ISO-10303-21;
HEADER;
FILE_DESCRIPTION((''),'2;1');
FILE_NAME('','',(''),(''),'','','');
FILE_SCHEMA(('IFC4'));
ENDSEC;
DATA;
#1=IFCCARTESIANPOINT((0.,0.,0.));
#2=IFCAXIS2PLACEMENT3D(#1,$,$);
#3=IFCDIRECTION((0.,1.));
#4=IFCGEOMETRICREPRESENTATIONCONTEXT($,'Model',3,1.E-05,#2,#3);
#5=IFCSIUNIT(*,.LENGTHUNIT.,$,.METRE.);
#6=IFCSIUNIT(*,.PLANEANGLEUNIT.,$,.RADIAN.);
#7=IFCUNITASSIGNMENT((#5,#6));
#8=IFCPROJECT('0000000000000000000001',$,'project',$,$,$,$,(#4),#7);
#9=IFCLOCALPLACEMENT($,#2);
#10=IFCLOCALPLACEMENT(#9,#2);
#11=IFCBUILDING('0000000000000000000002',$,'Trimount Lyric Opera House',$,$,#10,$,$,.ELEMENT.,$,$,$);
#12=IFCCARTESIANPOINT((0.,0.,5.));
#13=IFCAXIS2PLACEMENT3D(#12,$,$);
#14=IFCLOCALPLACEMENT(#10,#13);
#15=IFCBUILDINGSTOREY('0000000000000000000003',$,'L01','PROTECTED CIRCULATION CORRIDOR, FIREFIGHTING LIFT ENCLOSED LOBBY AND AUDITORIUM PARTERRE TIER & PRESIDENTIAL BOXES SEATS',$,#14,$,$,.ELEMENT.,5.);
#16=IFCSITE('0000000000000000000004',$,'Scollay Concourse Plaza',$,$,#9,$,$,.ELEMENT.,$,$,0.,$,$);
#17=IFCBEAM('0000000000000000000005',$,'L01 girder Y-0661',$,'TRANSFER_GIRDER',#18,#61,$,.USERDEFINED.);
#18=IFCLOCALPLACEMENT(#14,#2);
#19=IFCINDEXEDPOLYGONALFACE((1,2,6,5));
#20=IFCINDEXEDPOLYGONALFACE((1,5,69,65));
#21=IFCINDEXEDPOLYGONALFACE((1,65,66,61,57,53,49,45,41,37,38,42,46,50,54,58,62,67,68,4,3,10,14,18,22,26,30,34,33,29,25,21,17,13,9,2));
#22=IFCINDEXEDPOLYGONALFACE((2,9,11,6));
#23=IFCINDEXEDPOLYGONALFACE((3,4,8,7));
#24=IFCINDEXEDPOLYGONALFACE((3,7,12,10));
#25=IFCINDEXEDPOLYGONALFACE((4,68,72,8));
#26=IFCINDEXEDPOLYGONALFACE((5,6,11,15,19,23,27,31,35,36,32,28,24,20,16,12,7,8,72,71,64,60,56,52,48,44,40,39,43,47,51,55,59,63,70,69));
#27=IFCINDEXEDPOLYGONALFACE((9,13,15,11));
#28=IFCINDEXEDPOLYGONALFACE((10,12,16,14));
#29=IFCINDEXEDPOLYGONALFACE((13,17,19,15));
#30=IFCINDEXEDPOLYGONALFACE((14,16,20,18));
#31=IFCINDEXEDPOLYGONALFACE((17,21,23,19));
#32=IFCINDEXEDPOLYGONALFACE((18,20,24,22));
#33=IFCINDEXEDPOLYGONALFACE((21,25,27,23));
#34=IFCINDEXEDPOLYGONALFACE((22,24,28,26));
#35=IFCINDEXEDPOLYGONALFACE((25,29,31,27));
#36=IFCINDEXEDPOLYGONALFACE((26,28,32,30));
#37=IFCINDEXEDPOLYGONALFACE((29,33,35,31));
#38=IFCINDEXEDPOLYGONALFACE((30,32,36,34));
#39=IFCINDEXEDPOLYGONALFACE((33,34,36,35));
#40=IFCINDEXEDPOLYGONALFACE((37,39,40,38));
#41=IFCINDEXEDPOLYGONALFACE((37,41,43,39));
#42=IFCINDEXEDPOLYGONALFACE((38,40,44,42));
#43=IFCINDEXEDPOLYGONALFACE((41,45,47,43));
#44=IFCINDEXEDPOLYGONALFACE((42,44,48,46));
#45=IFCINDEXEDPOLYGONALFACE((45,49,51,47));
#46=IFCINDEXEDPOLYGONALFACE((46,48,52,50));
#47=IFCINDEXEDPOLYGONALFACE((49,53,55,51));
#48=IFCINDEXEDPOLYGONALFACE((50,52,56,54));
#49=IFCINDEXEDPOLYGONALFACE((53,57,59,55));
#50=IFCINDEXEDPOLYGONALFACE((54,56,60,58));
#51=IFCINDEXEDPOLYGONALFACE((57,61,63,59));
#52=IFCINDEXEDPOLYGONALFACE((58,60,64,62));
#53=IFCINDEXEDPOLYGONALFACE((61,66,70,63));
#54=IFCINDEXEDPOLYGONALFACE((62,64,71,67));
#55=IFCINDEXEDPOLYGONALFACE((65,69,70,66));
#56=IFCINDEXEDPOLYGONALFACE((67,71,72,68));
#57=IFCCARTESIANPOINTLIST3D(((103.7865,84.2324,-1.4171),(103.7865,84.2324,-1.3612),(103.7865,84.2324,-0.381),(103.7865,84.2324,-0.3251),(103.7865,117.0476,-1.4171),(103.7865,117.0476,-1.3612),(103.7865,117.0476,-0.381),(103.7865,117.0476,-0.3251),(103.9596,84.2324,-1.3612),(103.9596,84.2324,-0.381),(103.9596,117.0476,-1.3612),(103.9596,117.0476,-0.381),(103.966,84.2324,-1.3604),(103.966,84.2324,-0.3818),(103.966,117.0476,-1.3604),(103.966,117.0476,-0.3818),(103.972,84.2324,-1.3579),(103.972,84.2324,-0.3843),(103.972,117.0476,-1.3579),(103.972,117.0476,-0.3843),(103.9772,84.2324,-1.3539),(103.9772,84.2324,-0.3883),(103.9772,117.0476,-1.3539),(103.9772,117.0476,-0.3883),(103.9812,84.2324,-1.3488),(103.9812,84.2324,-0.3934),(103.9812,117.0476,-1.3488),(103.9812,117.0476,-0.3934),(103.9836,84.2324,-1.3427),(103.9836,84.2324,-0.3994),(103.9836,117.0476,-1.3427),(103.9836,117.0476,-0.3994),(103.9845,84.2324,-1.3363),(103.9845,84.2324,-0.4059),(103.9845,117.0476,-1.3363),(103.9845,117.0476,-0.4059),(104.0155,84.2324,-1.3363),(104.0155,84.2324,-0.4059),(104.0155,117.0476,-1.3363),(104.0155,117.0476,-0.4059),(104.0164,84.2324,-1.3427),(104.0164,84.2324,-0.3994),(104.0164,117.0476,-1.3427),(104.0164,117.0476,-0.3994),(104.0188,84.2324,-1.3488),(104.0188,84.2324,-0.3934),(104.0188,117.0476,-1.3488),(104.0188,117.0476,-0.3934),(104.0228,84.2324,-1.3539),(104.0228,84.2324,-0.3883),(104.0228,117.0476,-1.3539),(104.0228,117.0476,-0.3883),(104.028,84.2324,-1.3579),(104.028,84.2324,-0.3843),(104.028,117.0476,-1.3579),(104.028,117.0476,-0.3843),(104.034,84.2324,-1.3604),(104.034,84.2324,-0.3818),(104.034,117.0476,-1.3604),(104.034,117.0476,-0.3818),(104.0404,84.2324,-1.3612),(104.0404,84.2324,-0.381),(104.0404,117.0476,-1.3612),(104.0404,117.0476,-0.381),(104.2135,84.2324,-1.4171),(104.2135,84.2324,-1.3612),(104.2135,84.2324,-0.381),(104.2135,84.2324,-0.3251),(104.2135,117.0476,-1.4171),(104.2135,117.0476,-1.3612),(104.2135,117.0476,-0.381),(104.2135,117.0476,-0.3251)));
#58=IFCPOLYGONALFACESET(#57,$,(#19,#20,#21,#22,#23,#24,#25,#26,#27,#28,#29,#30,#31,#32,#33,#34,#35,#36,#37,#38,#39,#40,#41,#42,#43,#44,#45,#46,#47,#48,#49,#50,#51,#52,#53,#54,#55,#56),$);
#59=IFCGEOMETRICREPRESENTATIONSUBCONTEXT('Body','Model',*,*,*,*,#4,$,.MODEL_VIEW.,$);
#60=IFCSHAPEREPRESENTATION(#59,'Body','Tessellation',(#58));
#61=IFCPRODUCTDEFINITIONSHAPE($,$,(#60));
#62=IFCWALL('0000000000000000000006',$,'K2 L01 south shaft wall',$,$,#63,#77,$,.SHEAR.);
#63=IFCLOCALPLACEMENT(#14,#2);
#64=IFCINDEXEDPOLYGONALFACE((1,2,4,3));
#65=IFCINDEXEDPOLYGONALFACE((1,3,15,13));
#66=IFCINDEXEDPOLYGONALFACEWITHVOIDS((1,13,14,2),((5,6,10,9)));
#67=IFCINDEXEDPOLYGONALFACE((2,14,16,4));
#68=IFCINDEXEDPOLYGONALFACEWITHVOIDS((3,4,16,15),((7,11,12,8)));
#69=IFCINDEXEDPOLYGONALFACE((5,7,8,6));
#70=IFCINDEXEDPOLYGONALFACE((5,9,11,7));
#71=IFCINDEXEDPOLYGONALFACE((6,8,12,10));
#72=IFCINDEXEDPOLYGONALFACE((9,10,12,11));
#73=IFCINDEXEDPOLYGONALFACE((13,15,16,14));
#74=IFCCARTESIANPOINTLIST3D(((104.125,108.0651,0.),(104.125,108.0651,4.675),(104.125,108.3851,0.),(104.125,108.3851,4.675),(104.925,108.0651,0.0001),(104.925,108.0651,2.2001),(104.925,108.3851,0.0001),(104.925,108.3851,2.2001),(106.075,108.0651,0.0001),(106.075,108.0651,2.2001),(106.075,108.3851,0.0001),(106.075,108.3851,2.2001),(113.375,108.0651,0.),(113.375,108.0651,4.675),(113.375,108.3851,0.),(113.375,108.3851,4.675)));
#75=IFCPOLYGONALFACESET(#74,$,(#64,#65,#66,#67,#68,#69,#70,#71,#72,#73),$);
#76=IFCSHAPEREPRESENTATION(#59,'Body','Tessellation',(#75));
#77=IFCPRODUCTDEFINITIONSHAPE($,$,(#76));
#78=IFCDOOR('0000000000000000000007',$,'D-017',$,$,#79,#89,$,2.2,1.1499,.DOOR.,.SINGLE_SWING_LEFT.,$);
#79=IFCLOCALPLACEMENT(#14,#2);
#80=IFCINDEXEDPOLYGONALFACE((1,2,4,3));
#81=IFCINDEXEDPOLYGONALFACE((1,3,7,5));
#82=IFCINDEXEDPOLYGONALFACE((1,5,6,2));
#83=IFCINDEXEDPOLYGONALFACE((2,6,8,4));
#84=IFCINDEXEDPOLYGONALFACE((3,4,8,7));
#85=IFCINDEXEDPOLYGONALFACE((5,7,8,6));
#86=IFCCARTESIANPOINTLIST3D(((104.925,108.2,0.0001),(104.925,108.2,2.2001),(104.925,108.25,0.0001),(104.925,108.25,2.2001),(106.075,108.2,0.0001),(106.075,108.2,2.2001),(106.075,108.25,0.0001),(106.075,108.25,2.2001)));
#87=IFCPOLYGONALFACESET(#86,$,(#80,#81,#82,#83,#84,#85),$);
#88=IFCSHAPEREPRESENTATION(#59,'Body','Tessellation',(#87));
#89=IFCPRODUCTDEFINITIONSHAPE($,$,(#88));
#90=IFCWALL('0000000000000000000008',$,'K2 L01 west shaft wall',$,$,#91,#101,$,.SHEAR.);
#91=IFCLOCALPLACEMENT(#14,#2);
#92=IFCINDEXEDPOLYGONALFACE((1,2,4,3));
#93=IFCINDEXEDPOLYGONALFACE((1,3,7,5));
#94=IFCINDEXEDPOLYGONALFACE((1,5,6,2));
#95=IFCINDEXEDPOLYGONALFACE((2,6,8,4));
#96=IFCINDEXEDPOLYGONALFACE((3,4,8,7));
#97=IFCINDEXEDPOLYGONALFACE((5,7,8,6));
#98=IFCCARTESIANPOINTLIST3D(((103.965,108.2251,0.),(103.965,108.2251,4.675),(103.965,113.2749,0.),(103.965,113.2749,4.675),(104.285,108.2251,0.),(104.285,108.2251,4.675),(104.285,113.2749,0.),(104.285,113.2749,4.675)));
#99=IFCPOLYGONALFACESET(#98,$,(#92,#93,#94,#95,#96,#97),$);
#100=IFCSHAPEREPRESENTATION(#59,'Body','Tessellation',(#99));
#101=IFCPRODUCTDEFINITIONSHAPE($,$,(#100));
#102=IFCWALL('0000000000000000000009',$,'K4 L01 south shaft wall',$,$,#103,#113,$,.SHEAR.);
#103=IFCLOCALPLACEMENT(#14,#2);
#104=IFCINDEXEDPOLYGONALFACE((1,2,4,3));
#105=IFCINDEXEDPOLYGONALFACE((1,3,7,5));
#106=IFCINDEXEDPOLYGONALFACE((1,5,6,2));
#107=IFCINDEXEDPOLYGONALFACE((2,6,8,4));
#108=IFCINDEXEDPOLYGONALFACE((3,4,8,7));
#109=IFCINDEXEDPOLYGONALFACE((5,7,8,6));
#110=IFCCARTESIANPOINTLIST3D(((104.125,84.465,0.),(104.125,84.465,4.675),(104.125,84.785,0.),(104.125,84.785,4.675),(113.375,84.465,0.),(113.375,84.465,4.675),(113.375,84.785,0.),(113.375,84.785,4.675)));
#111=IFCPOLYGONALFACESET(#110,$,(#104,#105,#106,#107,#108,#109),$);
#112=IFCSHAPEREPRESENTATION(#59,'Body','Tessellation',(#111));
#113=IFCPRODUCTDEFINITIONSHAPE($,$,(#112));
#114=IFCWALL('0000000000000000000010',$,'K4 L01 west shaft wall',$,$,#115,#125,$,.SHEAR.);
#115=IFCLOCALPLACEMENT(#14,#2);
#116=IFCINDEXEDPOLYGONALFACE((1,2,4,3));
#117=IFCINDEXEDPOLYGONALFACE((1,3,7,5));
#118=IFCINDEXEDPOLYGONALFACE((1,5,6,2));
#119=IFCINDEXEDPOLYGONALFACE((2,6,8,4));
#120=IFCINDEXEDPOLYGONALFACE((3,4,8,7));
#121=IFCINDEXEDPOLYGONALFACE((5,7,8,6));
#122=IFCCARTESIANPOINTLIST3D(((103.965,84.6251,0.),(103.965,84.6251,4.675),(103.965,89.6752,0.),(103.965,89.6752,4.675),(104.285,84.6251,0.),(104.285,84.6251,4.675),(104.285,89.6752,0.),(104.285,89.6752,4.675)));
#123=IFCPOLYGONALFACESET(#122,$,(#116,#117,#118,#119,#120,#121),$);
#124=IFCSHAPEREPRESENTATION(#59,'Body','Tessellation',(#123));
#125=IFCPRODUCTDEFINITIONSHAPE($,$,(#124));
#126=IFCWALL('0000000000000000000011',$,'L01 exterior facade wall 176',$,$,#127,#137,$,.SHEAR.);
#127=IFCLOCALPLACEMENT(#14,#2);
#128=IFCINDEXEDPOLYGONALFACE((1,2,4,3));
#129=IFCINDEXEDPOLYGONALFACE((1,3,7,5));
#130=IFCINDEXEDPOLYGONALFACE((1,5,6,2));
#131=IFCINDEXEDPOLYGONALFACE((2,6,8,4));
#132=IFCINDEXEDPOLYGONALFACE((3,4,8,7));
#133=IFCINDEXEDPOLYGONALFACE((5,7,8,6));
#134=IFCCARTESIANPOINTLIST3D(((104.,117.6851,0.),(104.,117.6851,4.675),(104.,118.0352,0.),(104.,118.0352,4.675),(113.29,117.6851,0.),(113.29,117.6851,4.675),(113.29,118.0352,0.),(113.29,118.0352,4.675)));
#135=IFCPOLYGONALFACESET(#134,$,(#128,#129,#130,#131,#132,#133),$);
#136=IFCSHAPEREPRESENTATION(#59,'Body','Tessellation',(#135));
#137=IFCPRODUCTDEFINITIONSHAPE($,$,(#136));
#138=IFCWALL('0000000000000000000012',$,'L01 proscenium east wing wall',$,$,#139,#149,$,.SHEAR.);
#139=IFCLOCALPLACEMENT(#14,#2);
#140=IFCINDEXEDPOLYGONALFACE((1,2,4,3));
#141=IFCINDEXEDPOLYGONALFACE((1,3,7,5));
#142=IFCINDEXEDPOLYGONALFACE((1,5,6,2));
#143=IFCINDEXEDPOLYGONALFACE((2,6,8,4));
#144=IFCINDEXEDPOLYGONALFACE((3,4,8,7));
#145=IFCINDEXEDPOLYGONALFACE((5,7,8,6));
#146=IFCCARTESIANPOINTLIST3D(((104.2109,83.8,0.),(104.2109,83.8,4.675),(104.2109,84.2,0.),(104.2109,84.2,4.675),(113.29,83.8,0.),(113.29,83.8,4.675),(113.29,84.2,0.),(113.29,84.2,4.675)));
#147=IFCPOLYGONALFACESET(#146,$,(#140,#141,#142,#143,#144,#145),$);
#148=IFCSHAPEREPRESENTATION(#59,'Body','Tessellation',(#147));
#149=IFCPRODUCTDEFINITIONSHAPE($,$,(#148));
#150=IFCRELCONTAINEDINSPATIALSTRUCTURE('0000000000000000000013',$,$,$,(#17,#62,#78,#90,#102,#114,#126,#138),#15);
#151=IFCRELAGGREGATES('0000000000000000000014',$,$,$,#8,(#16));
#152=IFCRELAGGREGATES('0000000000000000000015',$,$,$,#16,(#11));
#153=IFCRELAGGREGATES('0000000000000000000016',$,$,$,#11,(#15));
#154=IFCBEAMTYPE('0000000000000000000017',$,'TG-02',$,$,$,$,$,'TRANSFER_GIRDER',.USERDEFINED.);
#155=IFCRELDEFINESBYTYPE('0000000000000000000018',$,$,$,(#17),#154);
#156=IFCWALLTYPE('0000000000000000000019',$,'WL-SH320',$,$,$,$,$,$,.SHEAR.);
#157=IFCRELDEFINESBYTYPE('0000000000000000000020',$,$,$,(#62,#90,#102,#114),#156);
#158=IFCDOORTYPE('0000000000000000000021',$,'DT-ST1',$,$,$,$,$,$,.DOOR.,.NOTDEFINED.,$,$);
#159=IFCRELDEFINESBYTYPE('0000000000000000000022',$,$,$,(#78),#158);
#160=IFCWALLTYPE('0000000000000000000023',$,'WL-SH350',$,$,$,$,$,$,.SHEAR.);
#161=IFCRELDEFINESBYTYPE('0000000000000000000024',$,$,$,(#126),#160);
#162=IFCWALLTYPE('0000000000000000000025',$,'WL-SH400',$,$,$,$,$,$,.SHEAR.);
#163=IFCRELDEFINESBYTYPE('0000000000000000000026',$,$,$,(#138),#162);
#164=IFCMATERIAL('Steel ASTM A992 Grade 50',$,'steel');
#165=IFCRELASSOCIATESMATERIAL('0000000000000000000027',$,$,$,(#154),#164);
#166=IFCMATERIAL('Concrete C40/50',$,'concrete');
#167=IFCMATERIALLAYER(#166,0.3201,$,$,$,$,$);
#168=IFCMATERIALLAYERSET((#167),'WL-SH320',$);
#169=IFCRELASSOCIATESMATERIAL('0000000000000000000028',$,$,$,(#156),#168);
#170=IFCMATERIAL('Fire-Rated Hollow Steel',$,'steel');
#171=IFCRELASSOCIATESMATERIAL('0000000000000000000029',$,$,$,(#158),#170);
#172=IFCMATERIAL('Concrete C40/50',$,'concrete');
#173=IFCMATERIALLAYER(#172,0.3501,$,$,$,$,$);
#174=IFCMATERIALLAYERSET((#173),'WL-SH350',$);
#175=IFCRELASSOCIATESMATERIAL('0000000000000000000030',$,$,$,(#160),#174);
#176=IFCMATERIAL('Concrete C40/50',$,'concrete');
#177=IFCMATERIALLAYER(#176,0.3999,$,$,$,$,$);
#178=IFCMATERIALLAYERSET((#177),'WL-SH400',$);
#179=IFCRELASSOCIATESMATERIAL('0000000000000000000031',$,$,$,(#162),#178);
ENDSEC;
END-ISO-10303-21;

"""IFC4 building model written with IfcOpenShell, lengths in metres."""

from ifc_helpers import new_model, si_unit, direction, frame, frame_2d, origin, origin_2d, place, context, subcontext, project, spatial, rectangle, i_section, extrude, material, layer, layer_set, material_profile, profile_set, type_object, element, fill, save


model = new_model("IFC4")

# Units and contexts
model_context = context("Model", 3, precision=1e-05, world=origin(), true_north=direction((0.0, 1.0)))
body_context = subcontext(model_context, "Body", "Model", "MODEL_VIEW")
ifc_project = project(units=[si_unit("LENGTHUNIT", "METRE"), si_unit("PLANEANGLEUNIT", "RADIAN")], contexts=[model_context])

# Site, building, storey
site_placement = place(None, origin())
site = spatial("IfcSite", under=ifc_project, at=site_placement, Name="Scollay Concourse Plaza", CompositionType="ELEMENT", RefElevation=0.0)
building_placement = place(site_placement, origin())
building = spatial("IfcBuilding", under=site, at=building_placement, Name="Trimount Lyric Opera House", CompositionType="ELEMENT")
storey_placement = place(building_placement, frame((0.0, 0.0, 5.0)))
storey = spatial("IfcBuildingStorey", under=building, at=storey_placement, Name="L01", Description="PROTECTED CIRCULATION CORRIDOR, FIREFIGHTING LIFT ENCLOSED LOBBY AND AUDITORIUM PARTERRE TIER & PRESIDENTIAL BOXES SEATS", CompositionType="ELEMENT", Elevation=5.0)

# Beam
ifc_material_1 = material(Name="Steel ASTM A992 Grade 50", Category="steel")
ifc_material_profile_1 = material_profile(ifc_material_1, i_section(OverallWidth=0.427, OverallDepth=1.092, WebThickness=0.031, FlangeThickness=0.0559, FilletRadius=0.0249, at=origin_2d()), Name="W40X397")
ifc_profile_set_1 = profile_set([ifc_material_profile_1], Name="Steel ASTM A992 Grade 50")
beam_type_1 = type_object("IfcBeamType", Name="TG-02", ElementType="TRANSFER_GIRDER", PredefinedType="USERDEFINED", material=ifc_profile_set_1)
beam_placement = place(storey_placement, frame((104.0, 84.2324, -0.8711), z_axis=(0.0, 1.0, 0.0), x_axis=(-1.0, 0.0, 0.0)))
element("IfcBeam", 1, at=beam_placement, inside=storey, type_object=beam_type_1, Name="L01 girder Y-0661", ObjectType="TRANSFER_GIRDER", PredefinedType="USERDEFINED", context=body_context, shape_type="SweptSolid", body=[
    extrude(i_section(OverallWidth=0.427, OverallDepth=1.092, WebThickness=0.031, FlangeThickness=0.0559, FilletRadius=0.0249, at=origin_2d()), origin(), (0.0, 0.0, 1.0), 32.8152),
])

# Wall, opening, door
ifc_material_2 = material(Name="Concrete C40/50", Category="concrete")
ifc_layer_1 = layer(ifc_material_2, 0.3201)
ifc_layer_set_1 = layer_set([ifc_layer_1], Name="WL-SH320")
wall_type_1 = type_object("IfcWallType", Name="WL-SH320", PredefinedType="SHEAR", material=ifc_layer_set_1)
wall_1_placement = place(storey_placement, frame((104.125, 108.2251, 0.0), z_axis=(0.0, 0.0, 1.0), x_axis=(1.0, 0.0, 0.0)))
wall_1 = element("IfcWall", 2, at=wall_1_placement, inside=storey, type_object=wall_type_1, Name="K2 L01 south shaft wall", PredefinedType="SHEAR", context=body_context, shape_type="SweptSolid", body=[
    extrude(rectangle(XDim=9.25, YDim=0.3201, at=frame_2d((4.625, 0.0))), origin(), (0.0, 0.0, 1.0), 4.675),
])
opening_placement = place(wall_1_placement, frame((0.8, 0.0, 0.0)))
opening = element("IfcOpeningElement", 3, at=opening_placement, cuts=wall_1, PredefinedType="OPENING", context=body_context, shape_type="SweptSolid", body=[
    extrude(rectangle(XDim=1.1499, YDim=2.2, at=frame_2d((0.575, 1.1001))), frame((0.0, 0.1699, 0.0), z_axis=(0.0, -1.0, 0.0), x_axis=(1.0, 0.0, 0.0)), (0.0, 0.0, 1.0), 0.3401),
])
ifc_material_3 = material(Name="Fire-Rated Hollow Steel", Category="steel")
door_type = type_object("IfcDoorType", Name="DT-ST1", OperationType="NOTDEFINED", PredefinedType="DOOR", material=ifc_material_3)
door_placement = place(opening_placement, origin())
door = element("IfcDoor", 4, at=door_placement, inside=storey, type_object=door_type, Name="D-017", OperationType="SINGLE_SWING_LEFT", OverallHeight=2.2, OverallWidth=1.1499, PredefinedType="DOOR", context=body_context, shape_type="SweptSolid", body=[
    extrude(rectangle(XDim=1.1499, YDim=2.2, at=frame_2d((0.575, 1.1001))), frame((0.0, 0.0249, 0.0), z_axis=(0.0, -1.0, 0.0), x_axis=(1.0, 0.0, 0.0)), (0.0, 0.0, 1.0), 0.05),
])
fill(opening, door)

# Walls
wall_2_placement = place(storey_placement, frame((104.125, 113.2749, 0.0), z_axis=(0.0, 0.0, 1.0), x_axis=(0.0, -1.0, 0.0)))
element("IfcWall", 5, at=wall_2_placement, inside=storey, type_object=wall_type_1, Name="K2 L01 west shaft wall", PredefinedType="SHEAR", context=body_context, shape_type="SweptSolid", body=[
    extrude(rectangle(XDim=5.0498, YDim=0.3201, at=frame_2d((2.5249, 0.0))), origin(), (0.0, 0.0, 1.0), 4.675),
])
wall_3_placement = place(storey_placement, frame((104.125, 84.625, 0.0), z_axis=(0.0, 0.0, 1.0), x_axis=(1.0, 0.0, 0.0)))
element("IfcWall", 6, at=wall_3_placement, inside=storey, type_object=wall_type_1, Name="K4 L01 south shaft wall", PredefinedType="SHEAR", context=body_context, shape_type="SweptSolid", body=[
    extrude(rectangle(XDim=9.25, YDim=0.3201, at=frame_2d((4.625, 0.0))), origin(), (0.0, 0.0, 1.0), 4.675),
])
wall_4_placement = place(storey_placement, frame((104.125, 89.675, 0.0), z_axis=(0.0, 0.0, 1.0), x_axis=(0.0, -1.0, 0.0)))
element("IfcWall", 7, at=wall_4_placement, inside=storey, type_object=wall_type_1, Name="K4 L01 west shaft wall", PredefinedType="SHEAR", context=body_context, shape_type="SweptSolid", body=[
    extrude(rectangle(XDim=5.05, YDim=0.3201, at=frame_2d((2.5249, 0.0))), origin(), (0.0, 0.0, 1.0), 4.675),
])
ifc_material_4 = material(Name="Concrete C40/50", Category="concrete")
ifc_layer_2 = layer(ifc_material_4, 0.3501)
ifc_layer_set_2 = layer_set([ifc_layer_2], Name="WL-SH350")
wall_type_2 = type_object("IfcWallType", Name="WL-SH350", PredefinedType="SHEAR", material=ifc_layer_set_2)
wall_5_placement = place(storey_placement, frame((104.0, 117.8601, 0.0), z_axis=(0.0, 0.0, 1.0), x_axis=(1.0, 0.0, 0.0)))
element("IfcWall", 8, at=wall_5_placement, inside=storey, type_object=wall_type_2, Name="L01 exterior facade wall 176", PredefinedType="SHEAR", context=body_context, shape_type="SweptSolid", body=[
    extrude(rectangle(XDim=9.29, YDim=0.3501, at=frame_2d((4.645, 0.0))), origin(), (0.0, 0.0, 1.0), 4.675),
])
ifc_material_5 = material(Name="Concrete C40/50", Category="concrete")
ifc_layer_3 = layer(ifc_material_5, 0.3999)
ifc_layer_set_3 = layer_set([ifc_layer_3], Name="WL-SH400")
wall_type_3 = type_object("IfcWallType", Name="WL-SH400", PredefinedType="SHEAR", material=ifc_layer_set_3)
wall_6_placement = place(storey_placement, frame((104.2109, 84.0, 0.0), z_axis=(0.0, 0.0, 1.0), x_axis=(1.0, 0.0, 0.0)))
element("IfcWall", 9, at=wall_6_placement, inside=storey, type_object=wall_type_3, Name="L01 proscenium east wing wall", PredefinedType="SHEAR", context=body_context, shape_type="SweptSolid", body=[
    extrude(rectangle(XDim=9.0791, YDim=0.3999, at=frame_2d((4.5396, 0.0))), origin(), (0.0, 0.0, 1.0), 4.675),
])

save(model, "model.ifc")
